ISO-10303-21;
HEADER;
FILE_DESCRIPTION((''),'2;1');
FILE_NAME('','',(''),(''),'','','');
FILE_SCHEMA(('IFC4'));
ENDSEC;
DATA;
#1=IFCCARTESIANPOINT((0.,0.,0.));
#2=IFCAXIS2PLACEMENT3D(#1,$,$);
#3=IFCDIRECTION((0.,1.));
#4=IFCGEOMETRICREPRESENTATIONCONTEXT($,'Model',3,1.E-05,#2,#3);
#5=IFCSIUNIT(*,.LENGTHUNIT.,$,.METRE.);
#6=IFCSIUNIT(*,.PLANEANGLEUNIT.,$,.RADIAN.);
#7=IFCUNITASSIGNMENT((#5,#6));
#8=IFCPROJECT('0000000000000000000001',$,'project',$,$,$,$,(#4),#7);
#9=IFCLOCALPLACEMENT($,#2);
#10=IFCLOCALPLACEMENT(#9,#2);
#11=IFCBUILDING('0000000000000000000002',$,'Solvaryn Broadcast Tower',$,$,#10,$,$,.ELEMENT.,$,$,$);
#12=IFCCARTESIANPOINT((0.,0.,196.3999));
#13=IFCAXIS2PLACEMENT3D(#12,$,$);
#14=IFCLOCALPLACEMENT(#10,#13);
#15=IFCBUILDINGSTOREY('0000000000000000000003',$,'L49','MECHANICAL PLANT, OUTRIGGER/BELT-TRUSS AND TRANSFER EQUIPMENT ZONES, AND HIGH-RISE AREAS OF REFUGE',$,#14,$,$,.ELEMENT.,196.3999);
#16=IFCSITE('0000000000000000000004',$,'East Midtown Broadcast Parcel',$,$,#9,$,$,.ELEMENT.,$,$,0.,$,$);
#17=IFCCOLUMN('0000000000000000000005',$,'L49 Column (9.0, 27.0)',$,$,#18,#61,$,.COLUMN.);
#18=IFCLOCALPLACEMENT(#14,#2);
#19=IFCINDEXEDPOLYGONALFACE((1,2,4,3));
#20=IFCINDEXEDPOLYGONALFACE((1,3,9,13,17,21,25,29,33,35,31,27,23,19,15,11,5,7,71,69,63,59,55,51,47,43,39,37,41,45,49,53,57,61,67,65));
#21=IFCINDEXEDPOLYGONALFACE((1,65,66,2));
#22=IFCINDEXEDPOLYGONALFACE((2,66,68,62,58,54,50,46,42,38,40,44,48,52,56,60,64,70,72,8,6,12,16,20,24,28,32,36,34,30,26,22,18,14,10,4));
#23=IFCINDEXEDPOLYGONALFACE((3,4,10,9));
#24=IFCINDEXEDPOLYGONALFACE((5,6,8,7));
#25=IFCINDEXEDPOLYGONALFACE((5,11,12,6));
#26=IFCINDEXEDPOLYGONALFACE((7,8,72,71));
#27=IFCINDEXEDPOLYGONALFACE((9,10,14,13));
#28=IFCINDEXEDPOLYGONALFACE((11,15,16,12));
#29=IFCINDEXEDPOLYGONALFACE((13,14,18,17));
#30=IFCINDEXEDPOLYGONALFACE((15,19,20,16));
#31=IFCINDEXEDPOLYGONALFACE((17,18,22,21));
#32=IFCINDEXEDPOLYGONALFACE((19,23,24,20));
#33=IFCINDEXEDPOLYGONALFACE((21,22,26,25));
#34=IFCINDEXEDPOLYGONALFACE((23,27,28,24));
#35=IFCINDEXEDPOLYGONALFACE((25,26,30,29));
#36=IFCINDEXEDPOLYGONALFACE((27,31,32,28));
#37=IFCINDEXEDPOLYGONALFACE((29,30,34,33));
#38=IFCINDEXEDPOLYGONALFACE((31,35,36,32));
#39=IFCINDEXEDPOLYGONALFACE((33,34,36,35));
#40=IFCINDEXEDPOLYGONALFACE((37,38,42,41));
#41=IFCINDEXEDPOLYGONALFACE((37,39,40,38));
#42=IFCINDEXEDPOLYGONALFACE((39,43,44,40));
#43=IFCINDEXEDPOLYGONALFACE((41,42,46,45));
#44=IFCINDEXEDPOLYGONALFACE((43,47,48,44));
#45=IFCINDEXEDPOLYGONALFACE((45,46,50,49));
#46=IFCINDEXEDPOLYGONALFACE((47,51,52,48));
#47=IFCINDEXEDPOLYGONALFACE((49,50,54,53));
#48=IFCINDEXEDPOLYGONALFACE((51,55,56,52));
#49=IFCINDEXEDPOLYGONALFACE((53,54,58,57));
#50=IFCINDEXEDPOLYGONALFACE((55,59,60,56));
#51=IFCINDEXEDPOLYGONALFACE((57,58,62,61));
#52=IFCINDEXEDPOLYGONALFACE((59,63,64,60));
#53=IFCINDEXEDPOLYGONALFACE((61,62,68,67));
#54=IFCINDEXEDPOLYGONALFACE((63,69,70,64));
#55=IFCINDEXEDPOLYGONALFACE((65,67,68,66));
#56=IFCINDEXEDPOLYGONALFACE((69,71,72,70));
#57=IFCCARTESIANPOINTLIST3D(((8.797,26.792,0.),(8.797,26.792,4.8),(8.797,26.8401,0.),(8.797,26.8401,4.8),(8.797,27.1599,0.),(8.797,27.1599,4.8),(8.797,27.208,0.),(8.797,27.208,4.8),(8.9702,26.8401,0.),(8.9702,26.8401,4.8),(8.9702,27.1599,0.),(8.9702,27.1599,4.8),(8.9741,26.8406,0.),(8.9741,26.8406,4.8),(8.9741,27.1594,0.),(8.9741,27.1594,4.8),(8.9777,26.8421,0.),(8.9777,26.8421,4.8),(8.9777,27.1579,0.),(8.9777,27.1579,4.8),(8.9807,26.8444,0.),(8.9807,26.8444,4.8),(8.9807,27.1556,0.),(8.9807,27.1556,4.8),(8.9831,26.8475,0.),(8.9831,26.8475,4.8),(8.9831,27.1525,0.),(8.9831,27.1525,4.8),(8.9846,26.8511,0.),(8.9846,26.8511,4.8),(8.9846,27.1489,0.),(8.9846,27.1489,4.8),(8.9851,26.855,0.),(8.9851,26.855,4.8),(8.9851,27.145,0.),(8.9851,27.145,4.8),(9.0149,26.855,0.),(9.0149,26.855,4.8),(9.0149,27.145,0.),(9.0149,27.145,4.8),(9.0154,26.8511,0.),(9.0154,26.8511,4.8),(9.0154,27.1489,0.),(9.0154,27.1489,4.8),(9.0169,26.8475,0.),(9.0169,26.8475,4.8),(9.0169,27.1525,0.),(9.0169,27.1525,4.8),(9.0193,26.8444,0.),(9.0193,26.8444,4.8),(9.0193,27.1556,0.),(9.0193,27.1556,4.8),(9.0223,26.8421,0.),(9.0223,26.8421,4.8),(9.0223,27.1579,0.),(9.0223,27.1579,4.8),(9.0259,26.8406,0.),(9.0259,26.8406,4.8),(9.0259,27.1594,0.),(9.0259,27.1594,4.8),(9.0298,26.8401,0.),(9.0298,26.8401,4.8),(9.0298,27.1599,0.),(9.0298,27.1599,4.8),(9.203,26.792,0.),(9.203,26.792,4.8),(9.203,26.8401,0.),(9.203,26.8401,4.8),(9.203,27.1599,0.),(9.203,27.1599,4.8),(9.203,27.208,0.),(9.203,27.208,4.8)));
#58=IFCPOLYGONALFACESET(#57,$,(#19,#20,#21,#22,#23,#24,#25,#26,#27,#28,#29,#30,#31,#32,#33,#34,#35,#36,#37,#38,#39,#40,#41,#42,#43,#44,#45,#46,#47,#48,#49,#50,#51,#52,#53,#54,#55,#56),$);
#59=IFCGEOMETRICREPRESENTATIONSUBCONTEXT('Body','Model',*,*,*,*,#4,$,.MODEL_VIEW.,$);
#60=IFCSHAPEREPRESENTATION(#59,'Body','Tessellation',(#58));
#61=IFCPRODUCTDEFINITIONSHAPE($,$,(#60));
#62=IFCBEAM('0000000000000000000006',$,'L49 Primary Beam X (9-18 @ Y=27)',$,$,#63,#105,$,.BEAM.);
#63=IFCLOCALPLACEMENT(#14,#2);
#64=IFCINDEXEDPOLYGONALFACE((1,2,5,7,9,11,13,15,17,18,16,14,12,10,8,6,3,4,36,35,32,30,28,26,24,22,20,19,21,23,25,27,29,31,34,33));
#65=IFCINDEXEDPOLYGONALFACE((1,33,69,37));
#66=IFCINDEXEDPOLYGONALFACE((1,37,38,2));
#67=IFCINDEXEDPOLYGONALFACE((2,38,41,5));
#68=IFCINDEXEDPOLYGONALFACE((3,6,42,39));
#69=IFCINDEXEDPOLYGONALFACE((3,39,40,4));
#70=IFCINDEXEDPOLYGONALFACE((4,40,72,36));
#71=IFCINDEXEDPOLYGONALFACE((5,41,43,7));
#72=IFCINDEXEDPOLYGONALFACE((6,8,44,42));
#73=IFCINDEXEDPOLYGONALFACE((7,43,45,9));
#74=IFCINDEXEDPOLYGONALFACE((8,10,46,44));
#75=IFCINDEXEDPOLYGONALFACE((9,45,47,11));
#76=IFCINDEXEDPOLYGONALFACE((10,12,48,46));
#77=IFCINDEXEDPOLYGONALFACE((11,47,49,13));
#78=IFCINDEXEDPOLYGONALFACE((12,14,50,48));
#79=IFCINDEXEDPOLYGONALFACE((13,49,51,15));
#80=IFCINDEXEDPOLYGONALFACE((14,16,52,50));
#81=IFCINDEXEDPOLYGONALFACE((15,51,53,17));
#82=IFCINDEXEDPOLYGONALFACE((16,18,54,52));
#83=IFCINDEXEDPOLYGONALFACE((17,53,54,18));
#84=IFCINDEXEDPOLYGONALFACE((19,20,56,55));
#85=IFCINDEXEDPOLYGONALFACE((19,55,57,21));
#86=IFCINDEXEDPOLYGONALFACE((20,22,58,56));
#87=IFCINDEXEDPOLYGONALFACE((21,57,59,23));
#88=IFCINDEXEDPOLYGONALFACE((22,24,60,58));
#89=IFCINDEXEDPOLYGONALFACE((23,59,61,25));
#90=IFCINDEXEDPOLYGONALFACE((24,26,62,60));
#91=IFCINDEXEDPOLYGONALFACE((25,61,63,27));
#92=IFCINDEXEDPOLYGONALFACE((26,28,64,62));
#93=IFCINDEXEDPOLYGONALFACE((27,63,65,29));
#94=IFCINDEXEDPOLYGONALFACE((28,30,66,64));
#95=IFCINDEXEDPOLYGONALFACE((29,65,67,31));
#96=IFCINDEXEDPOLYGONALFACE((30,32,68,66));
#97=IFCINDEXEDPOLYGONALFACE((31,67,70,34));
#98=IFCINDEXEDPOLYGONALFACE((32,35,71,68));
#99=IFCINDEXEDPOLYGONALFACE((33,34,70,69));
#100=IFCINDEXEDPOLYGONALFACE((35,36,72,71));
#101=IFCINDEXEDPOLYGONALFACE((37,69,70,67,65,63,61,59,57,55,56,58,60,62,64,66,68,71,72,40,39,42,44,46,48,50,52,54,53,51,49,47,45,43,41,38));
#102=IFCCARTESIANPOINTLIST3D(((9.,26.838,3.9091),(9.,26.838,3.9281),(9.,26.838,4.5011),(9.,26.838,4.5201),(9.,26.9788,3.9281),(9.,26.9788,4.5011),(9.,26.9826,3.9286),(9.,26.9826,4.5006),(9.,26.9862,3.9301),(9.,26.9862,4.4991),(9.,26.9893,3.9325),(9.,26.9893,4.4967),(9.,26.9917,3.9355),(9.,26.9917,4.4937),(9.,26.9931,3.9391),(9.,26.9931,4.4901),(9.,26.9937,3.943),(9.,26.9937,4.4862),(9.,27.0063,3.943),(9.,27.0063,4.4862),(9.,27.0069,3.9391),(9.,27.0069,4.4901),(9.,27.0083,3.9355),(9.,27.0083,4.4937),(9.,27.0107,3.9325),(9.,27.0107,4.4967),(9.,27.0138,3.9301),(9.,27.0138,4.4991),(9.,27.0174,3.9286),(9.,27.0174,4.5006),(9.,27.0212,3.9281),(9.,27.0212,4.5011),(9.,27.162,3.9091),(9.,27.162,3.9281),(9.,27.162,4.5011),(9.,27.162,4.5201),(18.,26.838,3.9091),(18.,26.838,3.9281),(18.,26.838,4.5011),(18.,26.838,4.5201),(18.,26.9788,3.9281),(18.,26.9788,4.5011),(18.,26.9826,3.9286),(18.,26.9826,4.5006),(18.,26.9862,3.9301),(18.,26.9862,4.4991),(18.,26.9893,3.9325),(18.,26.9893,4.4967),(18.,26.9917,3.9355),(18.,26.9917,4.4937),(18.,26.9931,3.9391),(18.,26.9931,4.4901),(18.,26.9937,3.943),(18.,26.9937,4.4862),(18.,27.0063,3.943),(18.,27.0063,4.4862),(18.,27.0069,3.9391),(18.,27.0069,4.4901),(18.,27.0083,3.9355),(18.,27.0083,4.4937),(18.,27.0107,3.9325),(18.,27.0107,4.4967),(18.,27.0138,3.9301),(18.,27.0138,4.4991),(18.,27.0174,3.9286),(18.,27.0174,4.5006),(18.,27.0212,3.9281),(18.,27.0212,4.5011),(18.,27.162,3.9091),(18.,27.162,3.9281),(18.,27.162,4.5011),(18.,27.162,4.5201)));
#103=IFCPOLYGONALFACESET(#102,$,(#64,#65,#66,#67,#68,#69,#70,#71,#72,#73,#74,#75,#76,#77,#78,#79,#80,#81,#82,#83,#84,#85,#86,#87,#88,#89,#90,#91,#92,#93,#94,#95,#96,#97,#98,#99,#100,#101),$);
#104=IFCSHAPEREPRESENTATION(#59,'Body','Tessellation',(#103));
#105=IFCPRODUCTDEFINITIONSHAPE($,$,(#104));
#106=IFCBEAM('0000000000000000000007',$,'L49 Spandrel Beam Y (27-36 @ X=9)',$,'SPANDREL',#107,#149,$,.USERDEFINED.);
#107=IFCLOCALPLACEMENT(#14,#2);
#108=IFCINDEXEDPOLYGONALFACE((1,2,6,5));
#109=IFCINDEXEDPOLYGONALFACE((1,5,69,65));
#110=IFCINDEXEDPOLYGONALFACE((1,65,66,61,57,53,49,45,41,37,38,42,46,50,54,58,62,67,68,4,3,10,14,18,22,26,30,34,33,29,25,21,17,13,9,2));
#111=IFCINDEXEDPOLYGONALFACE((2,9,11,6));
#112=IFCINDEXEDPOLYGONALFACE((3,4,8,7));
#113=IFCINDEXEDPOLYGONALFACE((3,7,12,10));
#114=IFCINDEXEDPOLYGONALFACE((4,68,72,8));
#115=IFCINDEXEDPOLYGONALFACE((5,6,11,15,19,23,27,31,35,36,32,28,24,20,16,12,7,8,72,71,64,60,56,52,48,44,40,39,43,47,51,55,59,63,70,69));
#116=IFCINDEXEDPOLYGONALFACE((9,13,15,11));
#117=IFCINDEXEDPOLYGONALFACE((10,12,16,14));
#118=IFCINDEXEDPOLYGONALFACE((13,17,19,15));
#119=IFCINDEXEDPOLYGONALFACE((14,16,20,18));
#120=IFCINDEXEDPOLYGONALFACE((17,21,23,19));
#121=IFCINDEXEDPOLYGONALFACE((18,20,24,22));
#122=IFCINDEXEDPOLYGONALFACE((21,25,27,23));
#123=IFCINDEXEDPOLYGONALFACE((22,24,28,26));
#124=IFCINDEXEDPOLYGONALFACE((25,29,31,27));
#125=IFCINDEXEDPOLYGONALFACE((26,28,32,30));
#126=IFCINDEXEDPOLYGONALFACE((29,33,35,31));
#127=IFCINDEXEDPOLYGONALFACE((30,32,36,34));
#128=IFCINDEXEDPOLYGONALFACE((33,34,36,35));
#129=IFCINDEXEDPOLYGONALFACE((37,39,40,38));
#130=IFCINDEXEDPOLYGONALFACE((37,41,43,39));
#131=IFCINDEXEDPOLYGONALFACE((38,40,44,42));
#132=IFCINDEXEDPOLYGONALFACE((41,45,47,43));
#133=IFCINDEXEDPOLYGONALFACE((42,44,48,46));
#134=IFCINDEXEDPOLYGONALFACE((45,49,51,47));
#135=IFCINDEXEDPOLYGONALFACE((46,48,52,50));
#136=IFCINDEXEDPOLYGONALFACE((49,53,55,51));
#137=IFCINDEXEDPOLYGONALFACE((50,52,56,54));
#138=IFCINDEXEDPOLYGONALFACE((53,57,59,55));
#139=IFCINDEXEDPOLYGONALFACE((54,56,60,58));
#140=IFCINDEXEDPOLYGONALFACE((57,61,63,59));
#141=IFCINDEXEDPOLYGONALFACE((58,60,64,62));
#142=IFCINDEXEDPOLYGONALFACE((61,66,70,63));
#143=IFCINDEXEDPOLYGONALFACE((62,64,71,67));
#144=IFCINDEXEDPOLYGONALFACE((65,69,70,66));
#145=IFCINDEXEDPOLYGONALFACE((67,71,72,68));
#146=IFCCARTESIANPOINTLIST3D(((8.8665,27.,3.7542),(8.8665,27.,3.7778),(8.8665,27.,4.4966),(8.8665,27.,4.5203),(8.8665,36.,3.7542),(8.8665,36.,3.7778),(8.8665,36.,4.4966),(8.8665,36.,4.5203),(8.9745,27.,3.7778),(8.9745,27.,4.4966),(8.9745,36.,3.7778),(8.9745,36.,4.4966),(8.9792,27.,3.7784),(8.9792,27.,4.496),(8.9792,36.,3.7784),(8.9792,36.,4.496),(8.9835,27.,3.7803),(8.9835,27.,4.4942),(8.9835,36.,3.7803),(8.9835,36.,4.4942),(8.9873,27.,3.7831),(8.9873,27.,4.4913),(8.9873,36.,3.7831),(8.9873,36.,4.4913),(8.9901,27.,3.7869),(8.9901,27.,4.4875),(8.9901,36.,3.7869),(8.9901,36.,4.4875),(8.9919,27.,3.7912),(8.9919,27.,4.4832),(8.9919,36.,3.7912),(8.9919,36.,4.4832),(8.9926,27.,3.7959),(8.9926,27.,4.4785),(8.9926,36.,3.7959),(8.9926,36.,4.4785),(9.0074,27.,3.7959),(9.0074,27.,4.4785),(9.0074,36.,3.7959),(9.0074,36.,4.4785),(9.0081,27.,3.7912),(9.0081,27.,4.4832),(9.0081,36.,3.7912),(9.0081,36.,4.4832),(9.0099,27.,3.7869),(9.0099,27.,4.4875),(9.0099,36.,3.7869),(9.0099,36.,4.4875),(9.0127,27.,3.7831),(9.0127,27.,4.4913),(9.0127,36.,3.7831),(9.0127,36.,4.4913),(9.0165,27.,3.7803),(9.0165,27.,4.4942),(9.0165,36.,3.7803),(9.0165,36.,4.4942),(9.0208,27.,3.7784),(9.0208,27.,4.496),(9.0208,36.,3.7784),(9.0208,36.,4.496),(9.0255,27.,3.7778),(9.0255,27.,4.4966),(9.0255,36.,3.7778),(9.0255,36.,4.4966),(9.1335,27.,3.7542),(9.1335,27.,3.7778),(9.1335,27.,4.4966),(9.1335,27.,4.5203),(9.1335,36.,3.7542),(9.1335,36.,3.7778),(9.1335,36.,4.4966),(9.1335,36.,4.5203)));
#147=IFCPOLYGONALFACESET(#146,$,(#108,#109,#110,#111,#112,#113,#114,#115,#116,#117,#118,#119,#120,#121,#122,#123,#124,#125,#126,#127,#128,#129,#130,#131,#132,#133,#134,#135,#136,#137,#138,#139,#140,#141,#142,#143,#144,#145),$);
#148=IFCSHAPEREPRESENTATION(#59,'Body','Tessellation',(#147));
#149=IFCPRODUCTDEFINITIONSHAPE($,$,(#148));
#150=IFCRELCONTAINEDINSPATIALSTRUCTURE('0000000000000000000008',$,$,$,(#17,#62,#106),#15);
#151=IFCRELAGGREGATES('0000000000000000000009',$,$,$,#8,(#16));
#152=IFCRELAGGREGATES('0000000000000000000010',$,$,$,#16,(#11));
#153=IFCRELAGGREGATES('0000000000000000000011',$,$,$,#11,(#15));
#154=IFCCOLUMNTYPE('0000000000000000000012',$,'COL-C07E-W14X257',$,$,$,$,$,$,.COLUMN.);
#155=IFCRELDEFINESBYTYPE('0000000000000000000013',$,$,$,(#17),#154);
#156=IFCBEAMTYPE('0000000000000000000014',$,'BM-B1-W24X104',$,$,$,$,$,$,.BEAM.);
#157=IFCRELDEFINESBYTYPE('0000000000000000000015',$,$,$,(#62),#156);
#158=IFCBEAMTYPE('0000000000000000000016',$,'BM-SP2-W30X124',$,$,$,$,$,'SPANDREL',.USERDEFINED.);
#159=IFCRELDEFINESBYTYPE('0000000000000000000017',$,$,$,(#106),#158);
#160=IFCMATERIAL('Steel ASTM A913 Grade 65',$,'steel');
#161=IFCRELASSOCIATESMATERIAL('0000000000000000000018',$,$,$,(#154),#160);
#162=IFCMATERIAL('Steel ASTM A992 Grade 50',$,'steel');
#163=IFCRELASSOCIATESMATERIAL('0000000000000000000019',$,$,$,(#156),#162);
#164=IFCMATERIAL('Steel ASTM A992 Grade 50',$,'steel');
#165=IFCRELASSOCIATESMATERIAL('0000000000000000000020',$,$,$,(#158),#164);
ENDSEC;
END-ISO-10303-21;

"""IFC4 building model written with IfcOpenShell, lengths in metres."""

from ifc_helpers import new_model, si_unit, direction, frame, origin, origin_2d, place, context, subcontext, project, spatial, i_section, extrude, material, material_profile, profile_set, type_object, element, save


model = new_model("IFC4")

# Units and contexts
model_context = context("Model", 3, precision=1e-05, world=origin(), true_north=direction((0.0, 1.0)))
body_context = subcontext(model_context, "Body", "Model", "MODEL_VIEW")
ifc_project = project(units=[si_unit("LENGTHUNIT", "METRE"), si_unit("PLANEANGLEUNIT", "RADIAN")], contexts=[model_context])

# Site, building, storey
site_placement = place(None, origin())
site = spatial("IfcSite", under=ifc_project, at=site_placement, Name="East Midtown Broadcast Parcel", CompositionType="ELEMENT", RefElevation=0.0)
building_placement = place(site_placement, origin())
building = spatial("IfcBuilding", under=site, at=building_placement, Name="Solvaryn Broadcast Tower", CompositionType="ELEMENT")
storey_placement = place(building_placement, frame((0.0, 0.0, 196.3999)))
storey = spatial("IfcBuildingStorey", under=building, at=storey_placement, Name="L49", Description="MECHANICAL PLANT, OUTRIGGER/BELT-TRUSS AND TRANSFER EQUIPMENT ZONES, AND HIGH-RISE AREAS OF REFUGE", CompositionType="ELEMENT", Elevation=196.3999)

# Column
ifc_material_1 = material(Name="Steel ASTM A913 Grade 65", Category="steel")
ifc_material_profile_1 = material_profile(ifc_material_1, i_section(OverallWidth=0.406, OverallDepth=0.416, WebThickness=0.0298, FlangeThickness=0.0481, FilletRadius=0.0149, at=origin_2d()))
ifc_profile_set_1 = profile_set([ifc_material_profile_1], Name="Steel ASTM A913 Grade 65")
column_type = type_object("IfcColumnType", Name="COL-C07E-W14X257", PredefinedType="COLUMN", material=ifc_profile_set_1)
column_placement = place(storey_placement, frame((9.0, 27.0, 0.0), z_axis=(0.0, 0.0, 1.0), x_axis=(1.0, 0.0, 0.0)))
element("IfcColumn", 1, at=column_placement, inside=storey, type_object=column_type, Name="L49 Column (9.0, 27.0)", PredefinedType="COLUMN", context=body_context, shape_type="SweptSolid", body=[
    extrude(i_section(OverallWidth=0.406, OverallDepth=0.416, WebThickness=0.0298, FlangeThickness=0.0481, FilletRadius=0.0149, at=origin_2d()), origin(), (0.0, 0.0, 1.0), 4.8),
])

# Beams
ifc_material_2 = material(Name="Steel ASTM A992 Grade 50", Category="steel")
ifc_material_profile_2 = material_profile(ifc_material_2, i_section(OverallWidth=0.324, OverallDepth=0.6111, WebThickness=0.0127, FlangeThickness=0.019, FilletRadius=0.0149, at=origin_2d()))
ifc_profile_set_2 = profile_set([ifc_material_profile_2], Name="Steel ASTM A992 Grade 50")
beam_type_1 = type_object("IfcBeamType", Name="BM-B1-W24X104", PredefinedType="BEAM", material=ifc_profile_set_2)
beam_1_placement = place(storey_placement, frame((9.0, 27.0, 4.2146), z_axis=(1.0, 0.0, 0.0), x_axis=(0.0, 1.0, 0.0)))
element("IfcBeam", 2, at=beam_1_placement, inside=storey, type_object=beam_type_1, Name="L49 Primary Beam X (9-18 @ Y=27)", PredefinedType="BEAM", context=body_context, shape_type="SweptSolid", body=[
    extrude(i_section(OverallWidth=0.324, OverallDepth=0.6111, WebThickness=0.0127, FlangeThickness=0.019, FilletRadius=0.0149, at=origin_2d()), origin(), (0.0, 0.0, 1.0), 9.0),
])
ifc_material_3 = material(Name="Steel ASTM A992 Grade 50", Category="steel")
ifc_material_profile_3 = material_profile(ifc_material_3, i_section(OverallWidth=0.2671, OverallDepth=0.7661, WebThickness=0.0149, FlangeThickness=0.0237, FilletRadius=0.0181, at=origin_2d()))
ifc_profile_set_3 = profile_set([ifc_material_profile_3], Name="Steel ASTM A992 Grade 50")
beam_type_2 = type_object("IfcBeamType", Name="BM-SP2-W30X124", ElementType="SPANDREL", PredefinedType="USERDEFINED", material=ifc_profile_set_3)
beam_2_placement = place(storey_placement, frame((9.0, 27.0, 4.1372), z_axis=(0.0, 1.0, 0.0), x_axis=(-1.0, 0.0, 0.0)))
element("IfcBeam", 3, at=beam_2_placement, inside=storey, type_object=beam_type_2, Name="L49 Spandrel Beam Y (27-36 @ X=9)", ObjectType="SPANDREL", PredefinedType="USERDEFINED", context=body_context, shape_type="SweptSolid", body=[
    extrude(i_section(OverallWidth=0.2671, OverallDepth=0.7661, WebThickness=0.0149, FlangeThickness=0.0237, FilletRadius=0.0181, at=origin_2d()), origin(), (0.0, 0.0, 1.0), 9.0),
])

save(model, "model.ifc")
